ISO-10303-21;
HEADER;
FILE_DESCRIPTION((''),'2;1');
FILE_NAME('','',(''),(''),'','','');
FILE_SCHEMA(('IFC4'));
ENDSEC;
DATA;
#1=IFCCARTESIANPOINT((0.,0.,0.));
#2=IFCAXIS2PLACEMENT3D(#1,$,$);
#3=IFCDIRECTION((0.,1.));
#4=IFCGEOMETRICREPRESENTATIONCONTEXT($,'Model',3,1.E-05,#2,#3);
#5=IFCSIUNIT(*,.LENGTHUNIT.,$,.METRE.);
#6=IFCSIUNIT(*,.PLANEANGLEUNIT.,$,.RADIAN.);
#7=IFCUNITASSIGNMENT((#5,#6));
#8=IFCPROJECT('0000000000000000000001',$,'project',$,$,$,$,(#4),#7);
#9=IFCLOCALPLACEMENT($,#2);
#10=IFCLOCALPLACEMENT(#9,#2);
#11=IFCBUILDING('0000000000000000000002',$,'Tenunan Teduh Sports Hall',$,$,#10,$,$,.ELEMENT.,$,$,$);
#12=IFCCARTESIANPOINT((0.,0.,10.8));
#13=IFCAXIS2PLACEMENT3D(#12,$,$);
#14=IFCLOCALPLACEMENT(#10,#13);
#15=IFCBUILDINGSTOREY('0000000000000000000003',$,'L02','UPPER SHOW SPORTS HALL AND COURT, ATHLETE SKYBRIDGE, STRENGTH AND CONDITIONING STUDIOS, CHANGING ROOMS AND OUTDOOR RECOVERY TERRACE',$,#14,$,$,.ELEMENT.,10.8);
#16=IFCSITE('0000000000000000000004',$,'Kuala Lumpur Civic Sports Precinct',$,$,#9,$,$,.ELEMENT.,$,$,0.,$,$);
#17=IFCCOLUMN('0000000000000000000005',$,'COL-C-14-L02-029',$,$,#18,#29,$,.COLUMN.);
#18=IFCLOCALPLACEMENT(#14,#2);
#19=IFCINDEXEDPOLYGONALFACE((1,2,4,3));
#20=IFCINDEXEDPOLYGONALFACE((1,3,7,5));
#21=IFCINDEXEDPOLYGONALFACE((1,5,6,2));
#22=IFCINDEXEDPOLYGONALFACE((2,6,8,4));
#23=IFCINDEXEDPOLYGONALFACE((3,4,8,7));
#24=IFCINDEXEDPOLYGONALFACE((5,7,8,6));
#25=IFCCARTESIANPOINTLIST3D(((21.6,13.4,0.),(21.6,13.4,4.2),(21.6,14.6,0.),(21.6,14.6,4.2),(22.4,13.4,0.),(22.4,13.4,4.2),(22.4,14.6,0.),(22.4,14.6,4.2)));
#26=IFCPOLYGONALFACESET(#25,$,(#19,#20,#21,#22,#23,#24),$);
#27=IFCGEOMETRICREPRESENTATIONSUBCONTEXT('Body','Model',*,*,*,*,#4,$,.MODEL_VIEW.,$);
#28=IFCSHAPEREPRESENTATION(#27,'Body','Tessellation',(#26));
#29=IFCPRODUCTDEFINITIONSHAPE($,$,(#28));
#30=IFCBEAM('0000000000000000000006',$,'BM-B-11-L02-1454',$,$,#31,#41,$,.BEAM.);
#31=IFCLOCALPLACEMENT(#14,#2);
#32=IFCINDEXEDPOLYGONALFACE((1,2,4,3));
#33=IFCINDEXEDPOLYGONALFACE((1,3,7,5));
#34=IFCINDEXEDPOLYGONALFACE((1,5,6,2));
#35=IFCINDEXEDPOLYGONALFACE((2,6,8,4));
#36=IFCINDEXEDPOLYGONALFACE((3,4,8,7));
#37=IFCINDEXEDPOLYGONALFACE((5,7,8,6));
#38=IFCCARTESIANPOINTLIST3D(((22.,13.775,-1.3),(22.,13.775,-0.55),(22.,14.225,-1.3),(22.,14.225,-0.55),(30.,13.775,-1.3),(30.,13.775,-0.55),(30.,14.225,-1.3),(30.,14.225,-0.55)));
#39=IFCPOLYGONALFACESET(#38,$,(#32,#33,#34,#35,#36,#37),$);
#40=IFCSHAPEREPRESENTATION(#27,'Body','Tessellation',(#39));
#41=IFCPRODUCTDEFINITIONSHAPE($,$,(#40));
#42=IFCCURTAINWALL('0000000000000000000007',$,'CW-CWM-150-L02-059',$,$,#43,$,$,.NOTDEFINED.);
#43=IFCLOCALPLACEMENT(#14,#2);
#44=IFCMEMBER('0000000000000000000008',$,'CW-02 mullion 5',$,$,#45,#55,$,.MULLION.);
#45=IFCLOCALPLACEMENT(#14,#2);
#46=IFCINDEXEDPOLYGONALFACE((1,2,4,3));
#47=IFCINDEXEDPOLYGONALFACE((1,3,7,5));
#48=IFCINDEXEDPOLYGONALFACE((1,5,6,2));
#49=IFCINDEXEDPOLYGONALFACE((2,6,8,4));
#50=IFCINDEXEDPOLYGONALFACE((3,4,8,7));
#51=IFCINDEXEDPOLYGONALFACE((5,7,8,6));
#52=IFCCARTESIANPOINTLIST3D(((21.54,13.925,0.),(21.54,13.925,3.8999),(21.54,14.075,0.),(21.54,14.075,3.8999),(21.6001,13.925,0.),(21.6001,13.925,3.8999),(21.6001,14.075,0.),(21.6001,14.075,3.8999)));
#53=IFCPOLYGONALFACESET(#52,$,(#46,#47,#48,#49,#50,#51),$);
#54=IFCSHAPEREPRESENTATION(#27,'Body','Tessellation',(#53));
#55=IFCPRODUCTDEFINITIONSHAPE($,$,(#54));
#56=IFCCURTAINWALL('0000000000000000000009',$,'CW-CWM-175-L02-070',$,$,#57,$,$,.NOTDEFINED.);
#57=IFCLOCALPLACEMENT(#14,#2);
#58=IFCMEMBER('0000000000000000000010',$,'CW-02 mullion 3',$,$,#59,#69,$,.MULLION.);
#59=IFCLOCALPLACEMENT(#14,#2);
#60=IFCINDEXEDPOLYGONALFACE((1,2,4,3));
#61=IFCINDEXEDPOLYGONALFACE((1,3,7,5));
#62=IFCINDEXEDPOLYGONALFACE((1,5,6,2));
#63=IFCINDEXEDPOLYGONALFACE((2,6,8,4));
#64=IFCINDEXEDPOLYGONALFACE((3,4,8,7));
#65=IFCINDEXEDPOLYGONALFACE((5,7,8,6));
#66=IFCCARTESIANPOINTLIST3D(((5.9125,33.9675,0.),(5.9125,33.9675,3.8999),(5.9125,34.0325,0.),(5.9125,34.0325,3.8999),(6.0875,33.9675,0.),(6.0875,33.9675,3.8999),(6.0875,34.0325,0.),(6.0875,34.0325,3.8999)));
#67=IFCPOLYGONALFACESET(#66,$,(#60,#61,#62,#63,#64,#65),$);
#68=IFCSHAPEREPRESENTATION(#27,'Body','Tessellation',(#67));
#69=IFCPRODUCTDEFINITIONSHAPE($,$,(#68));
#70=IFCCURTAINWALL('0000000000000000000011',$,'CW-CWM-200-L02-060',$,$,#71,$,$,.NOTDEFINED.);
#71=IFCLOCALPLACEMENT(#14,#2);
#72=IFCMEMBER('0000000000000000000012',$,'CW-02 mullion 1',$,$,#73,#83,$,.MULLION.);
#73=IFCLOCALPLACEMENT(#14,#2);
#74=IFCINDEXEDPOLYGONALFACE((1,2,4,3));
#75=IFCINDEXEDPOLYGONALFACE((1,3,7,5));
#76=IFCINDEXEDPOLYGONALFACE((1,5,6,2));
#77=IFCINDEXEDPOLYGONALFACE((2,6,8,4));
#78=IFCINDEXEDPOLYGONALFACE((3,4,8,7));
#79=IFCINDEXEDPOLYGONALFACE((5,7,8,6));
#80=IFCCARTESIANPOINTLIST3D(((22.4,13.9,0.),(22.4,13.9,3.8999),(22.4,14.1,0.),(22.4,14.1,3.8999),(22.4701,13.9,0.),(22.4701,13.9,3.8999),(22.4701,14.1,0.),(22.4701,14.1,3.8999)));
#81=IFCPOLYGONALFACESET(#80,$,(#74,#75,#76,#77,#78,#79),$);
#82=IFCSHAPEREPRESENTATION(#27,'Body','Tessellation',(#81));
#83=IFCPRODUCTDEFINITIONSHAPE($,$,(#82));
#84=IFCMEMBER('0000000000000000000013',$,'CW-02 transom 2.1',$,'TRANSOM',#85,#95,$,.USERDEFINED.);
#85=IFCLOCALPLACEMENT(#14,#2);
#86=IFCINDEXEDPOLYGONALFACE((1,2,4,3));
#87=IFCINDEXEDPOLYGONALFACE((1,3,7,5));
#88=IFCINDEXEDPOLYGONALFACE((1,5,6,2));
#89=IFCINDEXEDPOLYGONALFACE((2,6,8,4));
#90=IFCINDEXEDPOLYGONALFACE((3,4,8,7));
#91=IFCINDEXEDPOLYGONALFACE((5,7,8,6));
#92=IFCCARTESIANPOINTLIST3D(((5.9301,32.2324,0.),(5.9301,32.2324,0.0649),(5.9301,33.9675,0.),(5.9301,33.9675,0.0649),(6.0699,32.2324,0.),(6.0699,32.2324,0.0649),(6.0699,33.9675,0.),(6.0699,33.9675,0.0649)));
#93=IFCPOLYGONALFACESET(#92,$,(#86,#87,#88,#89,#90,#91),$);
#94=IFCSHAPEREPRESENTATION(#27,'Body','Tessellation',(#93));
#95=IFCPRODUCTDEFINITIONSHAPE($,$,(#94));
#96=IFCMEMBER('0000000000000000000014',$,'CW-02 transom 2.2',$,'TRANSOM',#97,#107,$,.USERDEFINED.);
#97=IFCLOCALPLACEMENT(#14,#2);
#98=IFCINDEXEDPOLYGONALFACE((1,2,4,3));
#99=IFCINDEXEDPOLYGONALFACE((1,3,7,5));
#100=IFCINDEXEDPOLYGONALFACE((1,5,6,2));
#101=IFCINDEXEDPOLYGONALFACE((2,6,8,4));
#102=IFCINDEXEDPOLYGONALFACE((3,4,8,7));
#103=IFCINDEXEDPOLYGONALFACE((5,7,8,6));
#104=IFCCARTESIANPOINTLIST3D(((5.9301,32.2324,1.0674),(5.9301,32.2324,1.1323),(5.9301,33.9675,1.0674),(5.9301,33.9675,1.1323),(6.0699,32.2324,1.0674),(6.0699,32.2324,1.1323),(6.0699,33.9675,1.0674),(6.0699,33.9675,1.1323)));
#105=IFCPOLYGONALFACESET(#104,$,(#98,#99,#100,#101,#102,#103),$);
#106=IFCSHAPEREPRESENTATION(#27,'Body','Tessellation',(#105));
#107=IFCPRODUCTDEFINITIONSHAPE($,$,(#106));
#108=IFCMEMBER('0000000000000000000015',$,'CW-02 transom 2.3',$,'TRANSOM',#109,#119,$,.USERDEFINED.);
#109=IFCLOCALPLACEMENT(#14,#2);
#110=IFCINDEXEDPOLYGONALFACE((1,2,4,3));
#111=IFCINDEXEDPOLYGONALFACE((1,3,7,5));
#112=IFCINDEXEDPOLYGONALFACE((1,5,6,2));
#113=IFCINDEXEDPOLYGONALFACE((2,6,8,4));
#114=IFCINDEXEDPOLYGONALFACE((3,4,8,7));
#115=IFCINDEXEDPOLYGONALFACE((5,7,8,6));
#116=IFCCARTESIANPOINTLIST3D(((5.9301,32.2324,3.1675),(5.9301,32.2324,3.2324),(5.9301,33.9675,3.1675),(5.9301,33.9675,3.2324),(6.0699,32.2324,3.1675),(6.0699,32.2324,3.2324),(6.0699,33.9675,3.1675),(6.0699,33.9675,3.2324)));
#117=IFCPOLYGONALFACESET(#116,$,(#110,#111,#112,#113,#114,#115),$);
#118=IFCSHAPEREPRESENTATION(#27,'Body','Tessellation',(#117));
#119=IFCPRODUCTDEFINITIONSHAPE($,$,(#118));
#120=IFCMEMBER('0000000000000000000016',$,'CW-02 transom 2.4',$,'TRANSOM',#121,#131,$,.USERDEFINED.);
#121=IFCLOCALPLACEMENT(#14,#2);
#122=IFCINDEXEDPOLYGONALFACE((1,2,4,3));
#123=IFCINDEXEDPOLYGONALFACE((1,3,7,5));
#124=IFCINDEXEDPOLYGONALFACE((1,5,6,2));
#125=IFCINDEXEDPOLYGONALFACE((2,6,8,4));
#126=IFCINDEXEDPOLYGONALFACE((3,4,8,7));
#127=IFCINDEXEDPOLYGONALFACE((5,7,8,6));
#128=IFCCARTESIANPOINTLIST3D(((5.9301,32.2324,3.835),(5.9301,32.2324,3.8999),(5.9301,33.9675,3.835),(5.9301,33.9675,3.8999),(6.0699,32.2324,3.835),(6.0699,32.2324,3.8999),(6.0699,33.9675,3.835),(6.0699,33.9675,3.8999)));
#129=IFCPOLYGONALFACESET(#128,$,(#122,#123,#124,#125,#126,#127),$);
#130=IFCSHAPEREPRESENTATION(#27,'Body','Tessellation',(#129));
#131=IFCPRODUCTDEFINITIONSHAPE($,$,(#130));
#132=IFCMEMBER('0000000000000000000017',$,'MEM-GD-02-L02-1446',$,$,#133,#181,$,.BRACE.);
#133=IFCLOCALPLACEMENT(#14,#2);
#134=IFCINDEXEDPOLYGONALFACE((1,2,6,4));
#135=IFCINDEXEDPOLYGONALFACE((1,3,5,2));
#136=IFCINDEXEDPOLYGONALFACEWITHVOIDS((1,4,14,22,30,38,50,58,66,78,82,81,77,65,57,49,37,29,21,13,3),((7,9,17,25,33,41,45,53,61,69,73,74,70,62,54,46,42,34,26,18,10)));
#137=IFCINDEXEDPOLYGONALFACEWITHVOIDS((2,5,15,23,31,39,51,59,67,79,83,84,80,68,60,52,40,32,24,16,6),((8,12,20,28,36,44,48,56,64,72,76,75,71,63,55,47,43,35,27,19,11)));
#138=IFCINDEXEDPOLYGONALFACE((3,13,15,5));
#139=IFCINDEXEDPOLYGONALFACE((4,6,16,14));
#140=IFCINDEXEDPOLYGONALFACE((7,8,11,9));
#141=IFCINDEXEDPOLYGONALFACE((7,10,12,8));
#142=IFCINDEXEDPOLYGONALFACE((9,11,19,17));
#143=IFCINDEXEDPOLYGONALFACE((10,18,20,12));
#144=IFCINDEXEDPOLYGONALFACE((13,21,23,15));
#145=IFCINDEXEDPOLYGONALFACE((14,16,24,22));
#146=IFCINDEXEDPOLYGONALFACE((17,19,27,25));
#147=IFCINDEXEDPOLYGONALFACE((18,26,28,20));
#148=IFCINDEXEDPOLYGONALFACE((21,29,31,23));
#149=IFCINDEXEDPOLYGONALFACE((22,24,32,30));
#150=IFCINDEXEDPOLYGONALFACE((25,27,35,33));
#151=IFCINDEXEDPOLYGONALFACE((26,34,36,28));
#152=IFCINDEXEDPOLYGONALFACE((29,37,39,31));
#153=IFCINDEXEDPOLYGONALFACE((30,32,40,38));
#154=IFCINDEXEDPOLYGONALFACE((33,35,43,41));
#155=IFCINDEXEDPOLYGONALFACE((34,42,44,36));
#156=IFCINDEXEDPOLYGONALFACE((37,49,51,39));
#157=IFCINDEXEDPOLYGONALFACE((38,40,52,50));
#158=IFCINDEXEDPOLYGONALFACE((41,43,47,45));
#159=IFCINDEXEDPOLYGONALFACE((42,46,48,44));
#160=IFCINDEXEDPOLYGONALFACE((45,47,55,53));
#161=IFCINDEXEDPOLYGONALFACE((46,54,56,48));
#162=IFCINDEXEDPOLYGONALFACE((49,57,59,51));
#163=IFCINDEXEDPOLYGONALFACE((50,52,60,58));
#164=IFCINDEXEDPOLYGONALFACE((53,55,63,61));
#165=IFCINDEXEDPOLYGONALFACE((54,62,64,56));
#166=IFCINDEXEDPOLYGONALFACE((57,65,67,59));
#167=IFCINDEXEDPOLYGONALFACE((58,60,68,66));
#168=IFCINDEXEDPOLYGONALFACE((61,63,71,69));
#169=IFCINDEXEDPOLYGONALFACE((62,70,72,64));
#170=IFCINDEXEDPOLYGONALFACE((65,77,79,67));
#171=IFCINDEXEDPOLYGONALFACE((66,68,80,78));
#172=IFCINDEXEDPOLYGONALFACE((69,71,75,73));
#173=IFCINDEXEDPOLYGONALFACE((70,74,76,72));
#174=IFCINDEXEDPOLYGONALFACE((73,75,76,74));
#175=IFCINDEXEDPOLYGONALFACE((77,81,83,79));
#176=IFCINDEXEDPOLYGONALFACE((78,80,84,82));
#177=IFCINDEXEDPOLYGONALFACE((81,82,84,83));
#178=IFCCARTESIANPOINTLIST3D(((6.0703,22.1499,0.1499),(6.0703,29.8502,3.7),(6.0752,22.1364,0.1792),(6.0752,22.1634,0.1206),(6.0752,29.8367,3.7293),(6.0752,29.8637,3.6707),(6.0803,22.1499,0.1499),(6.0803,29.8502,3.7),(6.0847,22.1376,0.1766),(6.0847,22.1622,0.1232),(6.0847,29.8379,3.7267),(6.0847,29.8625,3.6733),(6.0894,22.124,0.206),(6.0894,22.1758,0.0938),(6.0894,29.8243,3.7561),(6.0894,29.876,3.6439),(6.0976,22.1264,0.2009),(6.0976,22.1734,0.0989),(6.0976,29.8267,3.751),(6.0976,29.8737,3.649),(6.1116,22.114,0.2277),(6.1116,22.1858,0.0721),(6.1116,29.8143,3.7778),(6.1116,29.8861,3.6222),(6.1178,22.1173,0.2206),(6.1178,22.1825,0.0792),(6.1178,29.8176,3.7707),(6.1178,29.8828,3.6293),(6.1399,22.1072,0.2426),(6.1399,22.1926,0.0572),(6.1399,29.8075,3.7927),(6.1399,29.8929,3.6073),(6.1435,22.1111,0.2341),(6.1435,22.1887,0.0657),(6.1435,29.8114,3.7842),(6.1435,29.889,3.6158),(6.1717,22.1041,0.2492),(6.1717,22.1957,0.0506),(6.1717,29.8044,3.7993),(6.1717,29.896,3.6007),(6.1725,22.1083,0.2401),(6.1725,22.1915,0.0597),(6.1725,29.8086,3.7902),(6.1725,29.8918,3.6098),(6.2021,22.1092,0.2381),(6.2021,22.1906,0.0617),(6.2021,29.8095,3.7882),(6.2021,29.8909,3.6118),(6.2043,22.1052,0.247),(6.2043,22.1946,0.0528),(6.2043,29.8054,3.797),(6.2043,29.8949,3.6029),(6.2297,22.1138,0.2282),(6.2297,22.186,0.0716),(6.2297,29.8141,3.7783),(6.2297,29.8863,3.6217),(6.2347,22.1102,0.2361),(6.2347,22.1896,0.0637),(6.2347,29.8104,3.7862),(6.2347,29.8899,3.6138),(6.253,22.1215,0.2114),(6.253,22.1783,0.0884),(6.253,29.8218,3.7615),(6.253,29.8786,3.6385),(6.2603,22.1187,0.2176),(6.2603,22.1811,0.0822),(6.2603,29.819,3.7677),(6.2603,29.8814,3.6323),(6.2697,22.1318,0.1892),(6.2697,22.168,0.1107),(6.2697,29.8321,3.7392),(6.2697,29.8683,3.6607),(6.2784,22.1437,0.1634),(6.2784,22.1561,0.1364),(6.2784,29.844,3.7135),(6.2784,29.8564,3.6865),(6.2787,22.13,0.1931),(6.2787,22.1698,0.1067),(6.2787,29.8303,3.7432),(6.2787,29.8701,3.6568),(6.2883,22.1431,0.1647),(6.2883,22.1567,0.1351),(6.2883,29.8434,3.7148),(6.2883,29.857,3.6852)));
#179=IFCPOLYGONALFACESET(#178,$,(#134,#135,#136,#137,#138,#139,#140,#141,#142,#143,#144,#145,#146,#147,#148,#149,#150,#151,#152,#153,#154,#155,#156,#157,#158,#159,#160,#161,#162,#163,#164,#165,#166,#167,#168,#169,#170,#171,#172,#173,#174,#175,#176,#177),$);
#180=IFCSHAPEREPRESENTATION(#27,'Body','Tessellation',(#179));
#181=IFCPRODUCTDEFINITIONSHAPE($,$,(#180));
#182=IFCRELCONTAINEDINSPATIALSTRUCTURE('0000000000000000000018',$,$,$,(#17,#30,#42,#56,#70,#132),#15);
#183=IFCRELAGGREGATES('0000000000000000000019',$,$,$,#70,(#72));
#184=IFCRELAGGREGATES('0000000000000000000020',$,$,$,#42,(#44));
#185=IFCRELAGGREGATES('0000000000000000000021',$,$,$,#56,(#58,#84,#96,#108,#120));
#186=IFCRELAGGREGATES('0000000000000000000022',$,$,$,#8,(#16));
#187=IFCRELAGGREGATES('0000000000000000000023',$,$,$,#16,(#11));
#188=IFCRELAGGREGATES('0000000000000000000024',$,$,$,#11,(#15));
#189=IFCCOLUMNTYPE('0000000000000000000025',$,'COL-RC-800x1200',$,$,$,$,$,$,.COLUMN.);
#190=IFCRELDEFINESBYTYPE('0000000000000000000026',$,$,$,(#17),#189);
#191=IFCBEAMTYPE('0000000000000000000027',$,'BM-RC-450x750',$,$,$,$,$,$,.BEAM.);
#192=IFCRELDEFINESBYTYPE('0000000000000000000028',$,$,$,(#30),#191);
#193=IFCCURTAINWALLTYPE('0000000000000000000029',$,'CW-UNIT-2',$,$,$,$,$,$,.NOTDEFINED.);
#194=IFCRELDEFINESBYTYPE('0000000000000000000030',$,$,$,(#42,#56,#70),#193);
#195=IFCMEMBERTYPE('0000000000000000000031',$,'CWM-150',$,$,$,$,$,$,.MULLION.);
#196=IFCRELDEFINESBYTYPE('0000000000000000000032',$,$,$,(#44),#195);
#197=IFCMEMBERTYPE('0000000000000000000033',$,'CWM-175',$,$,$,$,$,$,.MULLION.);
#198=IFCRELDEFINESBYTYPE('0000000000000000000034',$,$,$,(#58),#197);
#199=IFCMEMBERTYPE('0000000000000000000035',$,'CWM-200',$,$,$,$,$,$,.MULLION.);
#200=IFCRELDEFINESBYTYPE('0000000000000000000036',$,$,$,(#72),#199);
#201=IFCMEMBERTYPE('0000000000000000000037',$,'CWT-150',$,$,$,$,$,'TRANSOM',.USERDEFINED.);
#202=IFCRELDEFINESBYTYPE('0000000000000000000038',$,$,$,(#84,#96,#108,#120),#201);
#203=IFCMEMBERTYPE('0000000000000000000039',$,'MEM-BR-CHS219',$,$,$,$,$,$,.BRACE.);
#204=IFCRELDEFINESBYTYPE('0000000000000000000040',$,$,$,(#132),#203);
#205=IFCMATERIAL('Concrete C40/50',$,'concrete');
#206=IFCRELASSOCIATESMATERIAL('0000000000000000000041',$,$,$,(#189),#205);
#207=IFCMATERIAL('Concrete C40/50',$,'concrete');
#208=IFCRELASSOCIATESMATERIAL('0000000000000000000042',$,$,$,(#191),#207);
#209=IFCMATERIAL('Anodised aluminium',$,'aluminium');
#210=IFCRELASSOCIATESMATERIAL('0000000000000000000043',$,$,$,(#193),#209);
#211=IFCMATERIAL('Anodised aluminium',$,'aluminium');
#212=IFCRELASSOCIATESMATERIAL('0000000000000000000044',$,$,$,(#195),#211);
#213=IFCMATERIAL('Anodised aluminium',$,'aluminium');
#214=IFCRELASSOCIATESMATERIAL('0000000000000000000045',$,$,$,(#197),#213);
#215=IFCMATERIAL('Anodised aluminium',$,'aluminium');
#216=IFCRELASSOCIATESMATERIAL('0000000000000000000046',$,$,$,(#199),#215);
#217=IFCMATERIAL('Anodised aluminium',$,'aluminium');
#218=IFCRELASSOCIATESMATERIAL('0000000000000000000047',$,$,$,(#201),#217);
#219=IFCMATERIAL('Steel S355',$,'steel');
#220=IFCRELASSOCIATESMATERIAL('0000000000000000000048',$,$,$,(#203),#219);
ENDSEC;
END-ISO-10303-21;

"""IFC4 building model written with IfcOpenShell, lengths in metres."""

from ifc_helpers import new_model, si_unit, direction, frame, origin, origin_2d, place, context, subcontext, project, spatial, rectangle, hollow_circle, extrude, material, material_profile, profile_set, type_object, element, aggregate, save


model = new_model("IFC4")

# Units and contexts
model_context = context("Model", 3, precision=1e-05, world=origin(), true_north=direction((0.0, 1.0)))
body_context = subcontext(model_context, "Body", "Model", "MODEL_VIEW")
ifc_project = project(units=[si_unit("LENGTHUNIT", "METRE"), si_unit("PLANEANGLEUNIT", "RADIAN")], contexts=[model_context])

# Site, building, storey
site_placement = place(None, origin())
site = spatial("IfcSite", under=ifc_project, at=site_placement, Name="Kuala Lumpur Civic Sports Precinct", CompositionType="ELEMENT", RefElevation=0.0)
building_placement = place(site_placement, origin())
building = spatial("IfcBuilding", under=site, at=building_placement, Name="Tenunan Teduh Sports Hall", CompositionType="ELEMENT")
storey_placement = place(building_placement, frame((0.0, 0.0, 10.8)))
storey = spatial("IfcBuildingStorey", under=building, at=storey_placement, Name="L02", Description="UPPER SHOW SPORTS HALL AND COURT, ATHLETE SKYBRIDGE, STRENGTH AND CONDITIONING STUDIOS, CHANGING ROOMS AND OUTDOOR RECOVERY TERRACE", CompositionType="ELEMENT", Elevation=10.8)

# Column
ifc_material_1 = material(Name="Concrete C40/50", Category="concrete")
ifc_material_profile_1 = material_profile(ifc_material_1, rectangle(XDim=0.8, YDim=1.2, at=origin_2d()), Name="RC 800x1200")
ifc_profile_set_1 = profile_set([ifc_material_profile_1], Name="Concrete C40/50")
column_type = type_object("IfcColumnType", Name="COL-RC-800x1200", PredefinedType="COLUMN", material=ifc_profile_set_1)
column_placement = place(storey_placement, frame((22.0, 14.0, 0.0), z_axis=(0.0, 0.0, 1.0), x_axis=(1.0, 0.0, 0.0)))
element("IfcColumn", 1, at=column_placement, inside=storey, type_object=column_type, Name="COL-C-14-L02-029", PredefinedType="COLUMN", context=body_context, shape_type="SweptSolid", body=[
    extrude(rectangle(XDim=0.8, YDim=1.2, at=origin_2d()), origin(), (0.0, 0.0, 1.0), 4.2),
])

# Beam
ifc_material_2 = material(Name="Concrete C40/50", Category="concrete")
ifc_material_profile_2 = material_profile(ifc_material_2, rectangle(XDim=0.45, YDim=0.75, at=origin_2d()), Name="RCB 450x750")
ifc_profile_set_2 = profile_set([ifc_material_profile_2], Name="Concrete C40/50")
beam_type_1 = type_object("IfcBeamType", Name="BM-RC-450x750", PredefinedType="BEAM", material=ifc_profile_set_2)
beam_1_placement = place(storey_placement, frame((22.0, 14.0, -0.925), z_axis=(1.0, 0.0, 0.0), x_axis=(0.0, 1.0, 0.0)))
element("IfcBeam", 2, at=beam_1_placement, inside=storey, type_object=beam_type_1, Name="BM-B-11-L02-1454", PredefinedType="BEAM", context=body_context, shape_type="SweptSolid", body=[
    extrude(rectangle(XDim=0.45, YDim=0.75, at=origin_2d()), origin(), (0.0, 0.0, 1.0), 8.0),
])

# Curtain walls, members
ifc_material_3 = material(Name="Anodised aluminium", Category="aluminium")
curtain_wall_type = type_object("IfcCurtainWallType", Name="CW-UNIT-2", PredefinedType="NOTDEFINED", material=ifc_material_3)
curtain_wall_1_placement = place(storey_placement, origin())
curtain_wall_1 = element("IfcCurtainWall", 3, at=curtain_wall_1_placement, inside=storey, type_object=curtain_wall_type, Name="CW-CWM-150-L02-059", PredefinedType="NOTDEFINED")
ifc_material_4 = material(Name="Anodised aluminium", Category="aluminium")
ifc_material_profile_3 = material_profile(ifc_material_4, rectangle(XDim=0.0601, YDim=0.1499, at=origin_2d()), Name="CWM 60x150")
ifc_profile_set_3 = profile_set([ifc_material_profile_3], Name="Anodised aluminium")
member_type_1 = type_object("IfcMemberType", Name="CWM-150", PredefinedType="MULLION", material=ifc_profile_set_3)
member_1_placement = place(storey_placement, frame((21.5701, 14.0, 0.0), z_axis=(0.0, 0.0, 1.0), x_axis=(1.0, 0.0, 0.0)))
member_1 = element("IfcMember", 4, at=member_1_placement, type_object=member_type_1, Name="CW-02 mullion 5", PredefinedType="MULLION", context=body_context, shape_type="SweptSolid", body=[
    extrude(rectangle(XDim=0.0601, YDim=0.1499, at=origin_2d()), origin(), (0.0, 0.0, 1.0), 3.8999),
])
curtain_wall_2_placement = place(storey_placement, origin())
curtain_wall_2 = element("IfcCurtainWall", 5, at=curtain_wall_2_placement, inside=storey, type_object=curtain_wall_type, Name="CW-CWM-175-L02-070", PredefinedType="NOTDEFINED")
ifc_material_5 = material(Name="Anodised aluminium", Category="aluminium")
ifc_material_profile_4 = material_profile(ifc_material_5, rectangle(XDim=0.0649, YDim=0.175, at=origin_2d()), Name="CWM 65x175")
ifc_profile_set_4 = profile_set([ifc_material_profile_4], Name="Anodised aluminium")
member_type_2 = type_object("IfcMemberType", Name="CWM-175", PredefinedType="MULLION", material=ifc_profile_set_4)
member_2_placement = place(storey_placement, frame((6.0, 34.0, 0.0), z_axis=(0.0, 0.0, 1.0), x_axis=(0.0, 1.0, 0.0)))
member_2 = element("IfcMember", 6, at=member_2_placement, type_object=member_type_2, Name="CW-02 mullion 3", PredefinedType="MULLION", context=body_context, shape_type="SweptSolid", body=[
    extrude(rectangle(XDim=0.0649, YDim=0.175, at=origin_2d()), origin(), (0.0, 0.0, 1.0), 3.8999),
])
curtain_wall_3_placement = place(storey_placement, origin())
curtain_wall_3 = element("IfcCurtainWall", 7, at=curtain_wall_3_placement, inside=storey, type_object=curtain_wall_type, Name="CW-CWM-200-L02-060", PredefinedType="NOTDEFINED")
ifc_material_6 = material(Name="Anodised aluminium", Category="aluminium")
ifc_material_profile_5 = material_profile(ifc_material_6, rectangle(XDim=0.0701, YDim=0.2, at=origin_2d()), Name="CWM 70x200")
ifc_profile_set_5 = profile_set([ifc_material_profile_5], Name="Anodised aluminium")
member_type_3 = type_object("IfcMemberType", Name="CWM-200", PredefinedType="MULLION", material=ifc_profile_set_5)
member_3_placement = place(storey_placement, frame((22.4351, 14.0, 0.0), z_axis=(0.0, 0.0, 1.0), x_axis=(1.0, 0.0, 0.0)))
member_3 = element("IfcMember", 8, at=member_3_placement, type_object=member_type_3, Name="CW-02 mullion 1", PredefinedType="MULLION", context=body_context, shape_type="SweptSolid", body=[
    extrude(rectangle(XDim=0.0701, YDim=0.2, at=origin_2d()), origin(), (0.0, 0.0, 1.0), 3.8999),
])
aggregate(curtain_wall_3, [member_3])

# Members
ifc_material_7 = material(Name="Anodised aluminium", Category="aluminium")
ifc_material_profile_6 = material_profile(ifc_material_7, rectangle(XDim=0.0649, YDim=0.1399, at=origin_2d()), Name="CWT 65x140")
ifc_profile_set_6 = profile_set([ifc_material_profile_6], Name="Anodised aluminium")
member_type_4 = type_object("IfcMemberType", Name="CWT-150", ElementType="TRANSOM", PredefinedType="USERDEFINED", material=ifc_profile_set_6)
member_4_placement = place(storey_placement, frame((6.0, 32.2324, 0.0325), z_axis=(0.0, 1.0, 0.0), x_axis=(0.0, 0.0, 1.0)))
member_4 = element("IfcMember", 9, at=member_4_placement, type_object=member_type_4, Name="CW-02 transom 2.1", ObjectType="TRANSOM", PredefinedType="USERDEFINED", context=body_context, shape_type="SweptSolid", body=[
    extrude(rectangle(XDim=0.0649, YDim=0.1399, at=origin_2d()), origin(), (0.0, 0.0, 1.0), 1.7351),
])
member_5_placement = place(storey_placement, frame((6.0, 32.2324, 1.0999), z_axis=(0.0, 1.0, 0.0), x_axis=(0.0, 0.0, 1.0)))
member_5 = element("IfcMember", 10, at=member_5_placement, type_object=member_type_4, Name="CW-02 transom 2.2", ObjectType="TRANSOM", PredefinedType="USERDEFINED", context=body_context, shape_type="SweptSolid", body=[
    extrude(rectangle(XDim=0.0649, YDim=0.1399, at=origin_2d()), origin(), (0.0, 0.0, 1.0), 1.7351),
])
member_6_placement = place(storey_placement, frame((6.0, 32.2324, 3.2), z_axis=(0.0, 1.0, 0.0), x_axis=(0.0, 0.0, 1.0)))
member_6 = element("IfcMember", 11, at=member_6_placement, type_object=member_type_4, Name="CW-02 transom 2.3", ObjectType="TRANSOM", PredefinedType="USERDEFINED", context=body_context, shape_type="SweptSolid", body=[
    extrude(rectangle(XDim=0.0649, YDim=0.1399, at=origin_2d()), origin(), (0.0, 0.0, 1.0), 1.7351),
])
member_7_placement = place(storey_placement, frame((6.0, 32.2324, 3.8674), z_axis=(0.0, 1.0, 0.0), x_axis=(0.0, 0.0, 1.0)))
member_7 = element("IfcMember", 12, at=member_7_placement, type_object=member_type_4, Name="CW-02 transom 2.4", ObjectType="TRANSOM", PredefinedType="USERDEFINED", context=body_context, shape_type="SweptSolid", body=[
    extrude(rectangle(XDim=0.0649, YDim=0.1399, at=origin_2d()), origin(), (0.0, 0.0, 1.0), 1.7351),
])
ifc_material_8 = material(Name="Steel S355", Category="steel")
ifc_material_profile_7 = material_profile(ifc_material_8, hollow_circle(Radius=0.1096, WallThickness=0.01, at=origin_2d()), Name="CHS 219.1x10.0")
ifc_profile_set_7 = profile_set([ifc_material_profile_7], Name="Steel S355")
member_type_5 = type_object("IfcMemberType", Name="MEM-BR-CHS219", PredefinedType="BRACE", material=ifc_profile_set_7)
member_8_placement = place(storey_placement, frame((6.1799, 22.1499, 0.1499), z_axis=(0.0, 0.908134, 0.41868), x_axis=(-1.0, 0.0, 0.0)))
element("IfcMember", 13, at=member_8_placement, inside=storey, type_object=member_type_5, Name="MEM-GD-02-L02-1446", PredefinedType="BRACE", context=body_context, shape_type="SweptSolid", body=[
    extrude(hollow_circle(Radius=0.1096, WallThickness=0.01, at=origin_2d()), origin(), (0.0, 0.0, 1.0), 8.4792),
])

aggregate(curtain_wall_1, [member_1])
aggregate(curtain_wall_2, [member_2, member_4, member_5, member_6, member_7])

save(model, "model.ifc")
